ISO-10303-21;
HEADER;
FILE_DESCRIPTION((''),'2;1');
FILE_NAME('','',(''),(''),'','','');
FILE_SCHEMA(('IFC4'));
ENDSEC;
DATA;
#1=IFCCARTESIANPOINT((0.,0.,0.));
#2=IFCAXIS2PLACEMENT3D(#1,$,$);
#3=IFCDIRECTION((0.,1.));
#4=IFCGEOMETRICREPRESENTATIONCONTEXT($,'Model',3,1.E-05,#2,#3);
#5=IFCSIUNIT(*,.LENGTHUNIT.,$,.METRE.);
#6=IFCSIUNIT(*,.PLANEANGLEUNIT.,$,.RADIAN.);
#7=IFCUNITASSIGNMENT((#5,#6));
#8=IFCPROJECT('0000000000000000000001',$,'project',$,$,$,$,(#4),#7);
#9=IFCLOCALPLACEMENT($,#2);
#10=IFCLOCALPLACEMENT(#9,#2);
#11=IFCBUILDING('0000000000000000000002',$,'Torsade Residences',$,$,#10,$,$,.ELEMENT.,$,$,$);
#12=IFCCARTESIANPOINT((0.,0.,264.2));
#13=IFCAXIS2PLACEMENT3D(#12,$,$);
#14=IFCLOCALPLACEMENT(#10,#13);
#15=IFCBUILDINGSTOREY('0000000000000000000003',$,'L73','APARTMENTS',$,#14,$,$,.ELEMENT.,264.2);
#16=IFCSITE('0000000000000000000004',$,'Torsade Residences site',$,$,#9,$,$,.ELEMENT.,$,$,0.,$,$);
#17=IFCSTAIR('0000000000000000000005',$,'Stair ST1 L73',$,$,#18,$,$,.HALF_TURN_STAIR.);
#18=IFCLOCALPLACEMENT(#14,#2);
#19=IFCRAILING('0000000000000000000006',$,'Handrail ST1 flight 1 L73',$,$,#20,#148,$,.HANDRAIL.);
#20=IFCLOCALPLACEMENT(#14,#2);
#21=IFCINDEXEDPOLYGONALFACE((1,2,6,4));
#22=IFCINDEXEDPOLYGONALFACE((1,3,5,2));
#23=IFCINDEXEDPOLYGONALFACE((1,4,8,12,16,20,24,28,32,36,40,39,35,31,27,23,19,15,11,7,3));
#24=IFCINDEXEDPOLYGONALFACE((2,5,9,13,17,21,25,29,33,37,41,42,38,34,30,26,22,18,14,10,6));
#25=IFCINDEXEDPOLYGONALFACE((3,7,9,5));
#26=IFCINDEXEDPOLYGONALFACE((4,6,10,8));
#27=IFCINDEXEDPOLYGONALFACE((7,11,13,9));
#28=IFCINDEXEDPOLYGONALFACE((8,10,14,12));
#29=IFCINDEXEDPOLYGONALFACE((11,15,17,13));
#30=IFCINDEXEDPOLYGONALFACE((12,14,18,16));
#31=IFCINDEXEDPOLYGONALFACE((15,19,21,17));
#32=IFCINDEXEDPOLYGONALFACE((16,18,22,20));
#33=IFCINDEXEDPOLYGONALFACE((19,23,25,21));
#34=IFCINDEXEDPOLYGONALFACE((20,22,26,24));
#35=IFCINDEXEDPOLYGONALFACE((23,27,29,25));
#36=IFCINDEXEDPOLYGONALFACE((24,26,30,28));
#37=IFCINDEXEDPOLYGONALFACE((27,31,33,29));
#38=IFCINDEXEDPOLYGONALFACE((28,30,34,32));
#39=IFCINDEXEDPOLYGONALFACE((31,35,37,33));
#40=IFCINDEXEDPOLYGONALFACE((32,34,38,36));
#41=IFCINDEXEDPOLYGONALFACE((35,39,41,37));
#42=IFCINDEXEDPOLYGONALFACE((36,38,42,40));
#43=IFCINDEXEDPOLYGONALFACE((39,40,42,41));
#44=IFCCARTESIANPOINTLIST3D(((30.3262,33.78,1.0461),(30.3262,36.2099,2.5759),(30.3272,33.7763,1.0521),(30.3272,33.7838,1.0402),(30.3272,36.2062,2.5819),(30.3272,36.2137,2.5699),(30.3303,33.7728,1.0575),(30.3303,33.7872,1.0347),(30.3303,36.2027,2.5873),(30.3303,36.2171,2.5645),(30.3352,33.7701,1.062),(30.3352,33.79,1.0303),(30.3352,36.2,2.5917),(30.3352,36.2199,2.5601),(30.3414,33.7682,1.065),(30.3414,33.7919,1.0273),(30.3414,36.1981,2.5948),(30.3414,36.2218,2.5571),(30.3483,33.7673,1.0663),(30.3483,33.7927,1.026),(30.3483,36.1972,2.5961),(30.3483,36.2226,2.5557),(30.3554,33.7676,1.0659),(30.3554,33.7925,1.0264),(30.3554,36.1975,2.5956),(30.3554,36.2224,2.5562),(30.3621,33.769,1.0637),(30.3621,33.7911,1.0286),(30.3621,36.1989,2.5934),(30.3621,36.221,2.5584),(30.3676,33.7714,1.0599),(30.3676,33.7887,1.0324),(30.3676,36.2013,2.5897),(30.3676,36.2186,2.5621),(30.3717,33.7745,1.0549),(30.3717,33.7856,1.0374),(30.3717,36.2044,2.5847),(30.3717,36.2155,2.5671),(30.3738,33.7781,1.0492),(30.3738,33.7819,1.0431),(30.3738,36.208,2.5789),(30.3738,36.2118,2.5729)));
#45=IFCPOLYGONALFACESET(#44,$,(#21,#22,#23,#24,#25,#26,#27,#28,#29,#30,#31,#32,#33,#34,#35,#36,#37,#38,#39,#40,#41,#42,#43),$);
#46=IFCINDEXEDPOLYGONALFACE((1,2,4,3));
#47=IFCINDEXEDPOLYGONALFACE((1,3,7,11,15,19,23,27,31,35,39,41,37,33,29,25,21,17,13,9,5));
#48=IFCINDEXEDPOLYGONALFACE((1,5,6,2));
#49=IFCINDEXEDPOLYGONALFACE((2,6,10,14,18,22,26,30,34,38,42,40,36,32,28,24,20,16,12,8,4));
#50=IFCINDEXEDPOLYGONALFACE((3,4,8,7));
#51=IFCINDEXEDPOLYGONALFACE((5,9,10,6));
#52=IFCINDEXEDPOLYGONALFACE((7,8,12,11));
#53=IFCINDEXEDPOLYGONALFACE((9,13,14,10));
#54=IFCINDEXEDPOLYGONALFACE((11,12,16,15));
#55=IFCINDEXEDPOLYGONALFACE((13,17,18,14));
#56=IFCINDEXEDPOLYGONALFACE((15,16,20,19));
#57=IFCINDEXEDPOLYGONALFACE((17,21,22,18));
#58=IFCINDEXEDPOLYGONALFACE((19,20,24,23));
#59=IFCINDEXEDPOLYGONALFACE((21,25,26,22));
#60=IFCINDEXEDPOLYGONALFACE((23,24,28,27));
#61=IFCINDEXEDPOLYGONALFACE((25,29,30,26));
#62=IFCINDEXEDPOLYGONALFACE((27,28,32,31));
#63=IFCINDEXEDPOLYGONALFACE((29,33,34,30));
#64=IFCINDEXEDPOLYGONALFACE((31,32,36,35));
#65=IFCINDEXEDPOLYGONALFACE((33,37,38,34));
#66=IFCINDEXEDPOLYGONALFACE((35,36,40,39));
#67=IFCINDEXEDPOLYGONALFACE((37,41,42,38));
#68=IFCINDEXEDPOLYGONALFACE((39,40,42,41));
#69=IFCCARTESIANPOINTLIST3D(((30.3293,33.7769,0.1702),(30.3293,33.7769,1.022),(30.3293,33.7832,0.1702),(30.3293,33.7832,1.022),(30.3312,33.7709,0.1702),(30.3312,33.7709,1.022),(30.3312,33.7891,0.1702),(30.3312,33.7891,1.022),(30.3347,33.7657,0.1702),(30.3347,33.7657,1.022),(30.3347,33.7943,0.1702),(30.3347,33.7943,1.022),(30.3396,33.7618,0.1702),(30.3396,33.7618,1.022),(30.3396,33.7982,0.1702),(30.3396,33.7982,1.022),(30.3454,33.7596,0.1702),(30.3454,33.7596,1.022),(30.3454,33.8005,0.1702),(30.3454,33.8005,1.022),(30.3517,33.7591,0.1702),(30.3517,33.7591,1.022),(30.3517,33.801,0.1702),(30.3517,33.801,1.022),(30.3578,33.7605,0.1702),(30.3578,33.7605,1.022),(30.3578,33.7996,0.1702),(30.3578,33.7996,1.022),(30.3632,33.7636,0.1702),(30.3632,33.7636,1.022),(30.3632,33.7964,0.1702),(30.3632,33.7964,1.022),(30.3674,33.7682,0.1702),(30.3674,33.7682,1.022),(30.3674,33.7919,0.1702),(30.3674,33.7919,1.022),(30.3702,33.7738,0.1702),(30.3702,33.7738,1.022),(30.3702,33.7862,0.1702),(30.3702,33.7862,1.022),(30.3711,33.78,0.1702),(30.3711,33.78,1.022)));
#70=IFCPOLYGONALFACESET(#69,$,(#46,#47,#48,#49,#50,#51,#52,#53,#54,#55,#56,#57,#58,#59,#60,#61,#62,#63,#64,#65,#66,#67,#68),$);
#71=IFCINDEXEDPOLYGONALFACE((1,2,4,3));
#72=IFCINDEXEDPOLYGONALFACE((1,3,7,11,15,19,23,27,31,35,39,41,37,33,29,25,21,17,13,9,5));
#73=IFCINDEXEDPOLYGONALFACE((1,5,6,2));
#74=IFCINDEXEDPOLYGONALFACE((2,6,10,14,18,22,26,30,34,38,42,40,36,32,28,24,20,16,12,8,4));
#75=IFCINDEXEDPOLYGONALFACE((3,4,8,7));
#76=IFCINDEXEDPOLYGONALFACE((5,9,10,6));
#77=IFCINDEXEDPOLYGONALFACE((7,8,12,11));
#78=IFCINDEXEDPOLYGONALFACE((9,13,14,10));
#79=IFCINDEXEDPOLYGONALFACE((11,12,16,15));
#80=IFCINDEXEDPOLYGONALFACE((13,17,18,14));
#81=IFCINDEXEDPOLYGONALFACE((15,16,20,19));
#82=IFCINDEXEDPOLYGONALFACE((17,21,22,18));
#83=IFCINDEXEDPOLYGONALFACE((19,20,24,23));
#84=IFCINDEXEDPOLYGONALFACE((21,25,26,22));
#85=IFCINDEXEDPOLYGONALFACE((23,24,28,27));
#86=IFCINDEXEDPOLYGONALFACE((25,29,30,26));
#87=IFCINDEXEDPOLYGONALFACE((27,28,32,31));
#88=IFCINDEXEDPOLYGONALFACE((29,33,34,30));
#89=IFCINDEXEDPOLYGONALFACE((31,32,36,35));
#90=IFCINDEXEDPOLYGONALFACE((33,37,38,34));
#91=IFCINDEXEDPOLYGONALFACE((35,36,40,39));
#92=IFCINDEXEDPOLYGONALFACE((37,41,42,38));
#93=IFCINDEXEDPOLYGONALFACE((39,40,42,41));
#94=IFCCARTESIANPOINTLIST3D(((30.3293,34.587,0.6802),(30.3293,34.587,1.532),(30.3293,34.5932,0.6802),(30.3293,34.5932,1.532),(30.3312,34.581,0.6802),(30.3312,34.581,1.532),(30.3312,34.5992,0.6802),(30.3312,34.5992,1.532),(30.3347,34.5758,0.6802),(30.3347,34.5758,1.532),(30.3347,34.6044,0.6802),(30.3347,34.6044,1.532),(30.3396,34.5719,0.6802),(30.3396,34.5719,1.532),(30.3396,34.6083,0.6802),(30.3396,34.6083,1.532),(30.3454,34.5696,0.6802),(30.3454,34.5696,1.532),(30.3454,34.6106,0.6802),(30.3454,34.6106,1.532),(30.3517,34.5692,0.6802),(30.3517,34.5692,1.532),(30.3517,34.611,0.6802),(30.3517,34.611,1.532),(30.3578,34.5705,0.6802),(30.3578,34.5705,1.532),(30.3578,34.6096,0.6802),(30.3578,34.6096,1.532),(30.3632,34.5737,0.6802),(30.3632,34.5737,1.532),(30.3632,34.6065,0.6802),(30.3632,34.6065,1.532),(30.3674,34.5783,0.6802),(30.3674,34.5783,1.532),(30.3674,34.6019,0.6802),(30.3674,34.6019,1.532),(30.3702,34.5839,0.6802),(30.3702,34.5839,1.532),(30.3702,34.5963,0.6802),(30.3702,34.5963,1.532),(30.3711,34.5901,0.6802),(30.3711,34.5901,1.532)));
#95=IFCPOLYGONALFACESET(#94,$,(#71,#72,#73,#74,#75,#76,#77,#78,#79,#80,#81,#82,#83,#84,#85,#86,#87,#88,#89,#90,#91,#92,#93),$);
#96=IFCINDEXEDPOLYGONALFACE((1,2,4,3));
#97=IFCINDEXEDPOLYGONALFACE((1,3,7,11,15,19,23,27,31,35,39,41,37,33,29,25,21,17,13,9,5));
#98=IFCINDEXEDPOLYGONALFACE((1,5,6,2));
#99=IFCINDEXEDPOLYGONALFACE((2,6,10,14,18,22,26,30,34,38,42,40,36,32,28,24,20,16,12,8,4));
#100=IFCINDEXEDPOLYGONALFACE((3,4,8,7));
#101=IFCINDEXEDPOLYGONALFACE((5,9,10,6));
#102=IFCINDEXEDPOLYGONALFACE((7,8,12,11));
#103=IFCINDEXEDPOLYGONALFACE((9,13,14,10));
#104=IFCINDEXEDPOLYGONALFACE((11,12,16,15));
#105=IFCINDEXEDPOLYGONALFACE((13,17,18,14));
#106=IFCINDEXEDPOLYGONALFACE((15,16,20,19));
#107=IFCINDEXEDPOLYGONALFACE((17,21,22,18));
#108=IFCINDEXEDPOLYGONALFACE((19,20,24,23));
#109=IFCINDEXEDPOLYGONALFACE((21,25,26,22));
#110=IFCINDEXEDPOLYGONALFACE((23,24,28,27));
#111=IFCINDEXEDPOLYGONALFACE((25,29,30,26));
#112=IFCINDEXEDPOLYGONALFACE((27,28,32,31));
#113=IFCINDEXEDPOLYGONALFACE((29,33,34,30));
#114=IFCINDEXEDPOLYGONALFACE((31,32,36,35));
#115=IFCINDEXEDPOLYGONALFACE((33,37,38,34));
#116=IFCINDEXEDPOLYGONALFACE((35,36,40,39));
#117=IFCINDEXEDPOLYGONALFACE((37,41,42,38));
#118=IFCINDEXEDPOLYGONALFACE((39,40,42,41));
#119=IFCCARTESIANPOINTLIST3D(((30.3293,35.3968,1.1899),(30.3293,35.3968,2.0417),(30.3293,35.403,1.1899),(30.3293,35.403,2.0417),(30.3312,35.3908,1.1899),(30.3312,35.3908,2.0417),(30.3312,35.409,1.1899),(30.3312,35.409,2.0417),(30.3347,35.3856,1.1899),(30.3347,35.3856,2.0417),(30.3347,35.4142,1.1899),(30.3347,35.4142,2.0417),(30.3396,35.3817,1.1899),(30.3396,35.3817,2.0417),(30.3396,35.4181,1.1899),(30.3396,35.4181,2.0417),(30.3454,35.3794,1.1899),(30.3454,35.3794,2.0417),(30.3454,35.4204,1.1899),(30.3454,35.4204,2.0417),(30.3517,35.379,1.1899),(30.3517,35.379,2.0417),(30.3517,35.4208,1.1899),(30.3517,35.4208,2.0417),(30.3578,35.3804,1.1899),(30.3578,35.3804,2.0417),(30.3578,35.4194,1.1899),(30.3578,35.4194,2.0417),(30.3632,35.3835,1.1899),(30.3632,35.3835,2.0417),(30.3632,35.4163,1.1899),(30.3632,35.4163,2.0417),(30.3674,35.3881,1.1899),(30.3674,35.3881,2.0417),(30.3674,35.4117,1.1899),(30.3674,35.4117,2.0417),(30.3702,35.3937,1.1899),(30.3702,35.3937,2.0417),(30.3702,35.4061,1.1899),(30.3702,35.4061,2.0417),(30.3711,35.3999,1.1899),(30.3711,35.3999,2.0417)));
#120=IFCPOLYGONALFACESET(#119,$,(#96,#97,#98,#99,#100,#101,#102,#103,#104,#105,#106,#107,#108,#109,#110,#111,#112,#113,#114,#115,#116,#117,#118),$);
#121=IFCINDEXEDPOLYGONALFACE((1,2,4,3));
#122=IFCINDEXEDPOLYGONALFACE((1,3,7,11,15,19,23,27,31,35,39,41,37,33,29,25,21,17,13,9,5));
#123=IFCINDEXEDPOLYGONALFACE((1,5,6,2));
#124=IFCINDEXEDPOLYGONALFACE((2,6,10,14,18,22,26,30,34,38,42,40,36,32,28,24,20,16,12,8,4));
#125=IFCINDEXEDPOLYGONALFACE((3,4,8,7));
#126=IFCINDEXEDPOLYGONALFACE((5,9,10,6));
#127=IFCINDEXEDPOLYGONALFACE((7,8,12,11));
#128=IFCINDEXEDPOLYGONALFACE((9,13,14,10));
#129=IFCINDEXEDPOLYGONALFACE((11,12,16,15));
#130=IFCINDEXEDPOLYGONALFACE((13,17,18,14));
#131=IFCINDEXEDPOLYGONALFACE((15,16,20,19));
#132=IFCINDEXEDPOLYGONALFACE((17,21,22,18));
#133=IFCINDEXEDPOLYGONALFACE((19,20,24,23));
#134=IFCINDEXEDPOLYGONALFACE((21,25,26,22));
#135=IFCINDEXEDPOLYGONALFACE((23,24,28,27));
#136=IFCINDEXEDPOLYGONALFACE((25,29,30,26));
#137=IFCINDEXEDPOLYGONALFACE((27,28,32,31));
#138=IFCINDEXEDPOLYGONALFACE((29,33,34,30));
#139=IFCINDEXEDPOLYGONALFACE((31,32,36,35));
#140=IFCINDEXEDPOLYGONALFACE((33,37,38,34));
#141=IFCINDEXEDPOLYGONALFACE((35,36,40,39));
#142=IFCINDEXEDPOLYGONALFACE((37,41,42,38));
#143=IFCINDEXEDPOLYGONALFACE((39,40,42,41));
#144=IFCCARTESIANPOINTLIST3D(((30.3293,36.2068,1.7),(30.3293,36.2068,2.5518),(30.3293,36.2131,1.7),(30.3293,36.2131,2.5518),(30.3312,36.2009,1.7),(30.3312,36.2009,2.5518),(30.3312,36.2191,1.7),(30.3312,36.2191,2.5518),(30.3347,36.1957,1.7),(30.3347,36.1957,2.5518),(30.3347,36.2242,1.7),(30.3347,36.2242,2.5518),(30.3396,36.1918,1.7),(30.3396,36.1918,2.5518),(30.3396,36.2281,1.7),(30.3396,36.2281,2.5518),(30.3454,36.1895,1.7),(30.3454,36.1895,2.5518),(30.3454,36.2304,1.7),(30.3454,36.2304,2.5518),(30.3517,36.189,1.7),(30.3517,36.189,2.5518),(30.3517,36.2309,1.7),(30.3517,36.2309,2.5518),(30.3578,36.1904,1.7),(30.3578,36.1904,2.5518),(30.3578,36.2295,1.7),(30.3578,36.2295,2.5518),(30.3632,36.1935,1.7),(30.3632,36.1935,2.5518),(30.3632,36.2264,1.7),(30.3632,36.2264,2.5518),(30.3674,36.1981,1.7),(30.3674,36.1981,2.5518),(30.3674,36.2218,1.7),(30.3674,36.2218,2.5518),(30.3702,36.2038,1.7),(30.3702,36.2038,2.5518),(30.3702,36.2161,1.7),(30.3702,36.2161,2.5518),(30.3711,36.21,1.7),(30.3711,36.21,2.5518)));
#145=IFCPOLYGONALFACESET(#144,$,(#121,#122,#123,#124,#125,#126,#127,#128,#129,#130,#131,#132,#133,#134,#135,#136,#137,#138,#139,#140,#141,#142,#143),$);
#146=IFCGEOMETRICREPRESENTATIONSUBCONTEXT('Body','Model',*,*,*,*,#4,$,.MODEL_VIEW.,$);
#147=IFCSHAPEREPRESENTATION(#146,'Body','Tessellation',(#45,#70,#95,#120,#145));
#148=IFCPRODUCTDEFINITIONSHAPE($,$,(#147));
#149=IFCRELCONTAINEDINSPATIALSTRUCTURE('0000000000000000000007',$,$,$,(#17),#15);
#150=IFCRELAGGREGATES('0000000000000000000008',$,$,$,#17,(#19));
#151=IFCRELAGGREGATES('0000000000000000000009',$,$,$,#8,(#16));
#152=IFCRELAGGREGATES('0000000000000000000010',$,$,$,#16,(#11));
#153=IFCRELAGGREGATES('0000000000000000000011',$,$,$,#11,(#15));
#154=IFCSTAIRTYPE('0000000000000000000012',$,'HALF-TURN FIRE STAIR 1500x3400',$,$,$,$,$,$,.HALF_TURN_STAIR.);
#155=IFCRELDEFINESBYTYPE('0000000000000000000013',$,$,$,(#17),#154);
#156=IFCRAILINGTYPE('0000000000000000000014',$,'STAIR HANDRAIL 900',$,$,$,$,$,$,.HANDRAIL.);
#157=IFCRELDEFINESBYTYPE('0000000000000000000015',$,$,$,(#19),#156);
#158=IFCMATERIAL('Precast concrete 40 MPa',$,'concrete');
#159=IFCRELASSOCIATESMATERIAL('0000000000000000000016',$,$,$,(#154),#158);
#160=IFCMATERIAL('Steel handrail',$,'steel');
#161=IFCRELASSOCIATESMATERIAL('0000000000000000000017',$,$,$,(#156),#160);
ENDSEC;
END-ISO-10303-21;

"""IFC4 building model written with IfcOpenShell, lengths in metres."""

from ifc_helpers import new_model, si_unit, direction, frame, origin, origin_2d, place, context, subcontext, project, spatial, circle, extrude, material, type_object, element, aggregate, save


model = new_model("IFC4")

# Units and contexts
model_context = context("Model", 3, precision=1e-05, world=origin(), true_north=direction((0.0, 1.0)))
body_context = subcontext(model_context, "Body", "Model", "MODEL_VIEW")
ifc_project = project(units=[si_unit("LENGTHUNIT", "METRE"), si_unit("PLANEANGLEUNIT", "RADIAN")], contexts=[model_context])

# Site, building, storey
site_placement = place(None, origin())
site = spatial("IfcSite", under=ifc_project, at=site_placement, Name="Torsade Residences site", CompositionType="ELEMENT", RefElevation=0.0)
building_placement = place(site_placement, origin())
building = spatial("IfcBuilding", under=site, at=building_placement, Name="Torsade Residences", CompositionType="ELEMENT")
storey_placement = place(building_placement, frame((0.0, 0.0, 264.2)))
storey = spatial("IfcBuildingStorey", under=building, at=storey_placement, Name="L73", Description="APARTMENTS", CompositionType="ELEMENT", Elevation=264.2)

# Stair, railing
ifc_material_1 = material(Name="Precast concrete 40 MPa", Category="concrete")
stair_type = type_object("IfcStairType", Name="HALF-TURN FIRE STAIR 1500x3400", PredefinedType="HALF_TURN_STAIR", material=ifc_material_1)
stair_placement = place(storey_placement, origin())
stair = element("IfcStair", 1, at=stair_placement, inside=storey, type_object=stair_type, Name="Stair ST1 L73", PredefinedType="HALF_TURN_STAIR")
ifc_material_2 = material(Name="Steel handrail", Category="steel")
railing_type = type_object("IfcRailingType", Name="STAIR HANDRAIL 900", PredefinedType="HANDRAIL", material=ifc_material_2)
railing_1_placement = place(storey_placement, frame((30.3501, 33.78, 0.1702)))
railing_1 = element("IfcRailing", 2, at=railing_1_placement, type_object=railing_type, Name="Handrail ST1 flight 1 L73", PredefinedType="HANDRAIL", context=body_context, shape_type="SweptSolid", body=[
    extrude(circle(Radius=0.0239, at=origin_2d()), frame((0.0, 0.0, 0.876), z_axis=(0.0, 0.84626, 0.53277), x_axis=(-1.0, 0.0, 0.0)), (0.0, 0.0, 1.0), 2.8713),
    extrude(circle(Radius=0.021, at=origin_2d()), origin(), (0.0, 0.0, 1.0), 0.8518),
    extrude(circle(Radius=0.021, at=origin_2d()), frame((0.0, 0.8101, 0.51)), (0.0, 0.0, 1.0), 0.8518),
    extrude(circle(Radius=0.021, at=origin_2d()), frame((0.0, 1.6199, 1.0198)), (0.0, 0.0, 1.0), 0.8518),
    extrude(circle(Radius=0.021, at=origin_2d()), frame((0.0, 2.4299, 1.5298)), (0.0, 0.0, 1.0), 0.8518),
])
aggregate(stair, [railing_1])

save(model, "model.ifc")
